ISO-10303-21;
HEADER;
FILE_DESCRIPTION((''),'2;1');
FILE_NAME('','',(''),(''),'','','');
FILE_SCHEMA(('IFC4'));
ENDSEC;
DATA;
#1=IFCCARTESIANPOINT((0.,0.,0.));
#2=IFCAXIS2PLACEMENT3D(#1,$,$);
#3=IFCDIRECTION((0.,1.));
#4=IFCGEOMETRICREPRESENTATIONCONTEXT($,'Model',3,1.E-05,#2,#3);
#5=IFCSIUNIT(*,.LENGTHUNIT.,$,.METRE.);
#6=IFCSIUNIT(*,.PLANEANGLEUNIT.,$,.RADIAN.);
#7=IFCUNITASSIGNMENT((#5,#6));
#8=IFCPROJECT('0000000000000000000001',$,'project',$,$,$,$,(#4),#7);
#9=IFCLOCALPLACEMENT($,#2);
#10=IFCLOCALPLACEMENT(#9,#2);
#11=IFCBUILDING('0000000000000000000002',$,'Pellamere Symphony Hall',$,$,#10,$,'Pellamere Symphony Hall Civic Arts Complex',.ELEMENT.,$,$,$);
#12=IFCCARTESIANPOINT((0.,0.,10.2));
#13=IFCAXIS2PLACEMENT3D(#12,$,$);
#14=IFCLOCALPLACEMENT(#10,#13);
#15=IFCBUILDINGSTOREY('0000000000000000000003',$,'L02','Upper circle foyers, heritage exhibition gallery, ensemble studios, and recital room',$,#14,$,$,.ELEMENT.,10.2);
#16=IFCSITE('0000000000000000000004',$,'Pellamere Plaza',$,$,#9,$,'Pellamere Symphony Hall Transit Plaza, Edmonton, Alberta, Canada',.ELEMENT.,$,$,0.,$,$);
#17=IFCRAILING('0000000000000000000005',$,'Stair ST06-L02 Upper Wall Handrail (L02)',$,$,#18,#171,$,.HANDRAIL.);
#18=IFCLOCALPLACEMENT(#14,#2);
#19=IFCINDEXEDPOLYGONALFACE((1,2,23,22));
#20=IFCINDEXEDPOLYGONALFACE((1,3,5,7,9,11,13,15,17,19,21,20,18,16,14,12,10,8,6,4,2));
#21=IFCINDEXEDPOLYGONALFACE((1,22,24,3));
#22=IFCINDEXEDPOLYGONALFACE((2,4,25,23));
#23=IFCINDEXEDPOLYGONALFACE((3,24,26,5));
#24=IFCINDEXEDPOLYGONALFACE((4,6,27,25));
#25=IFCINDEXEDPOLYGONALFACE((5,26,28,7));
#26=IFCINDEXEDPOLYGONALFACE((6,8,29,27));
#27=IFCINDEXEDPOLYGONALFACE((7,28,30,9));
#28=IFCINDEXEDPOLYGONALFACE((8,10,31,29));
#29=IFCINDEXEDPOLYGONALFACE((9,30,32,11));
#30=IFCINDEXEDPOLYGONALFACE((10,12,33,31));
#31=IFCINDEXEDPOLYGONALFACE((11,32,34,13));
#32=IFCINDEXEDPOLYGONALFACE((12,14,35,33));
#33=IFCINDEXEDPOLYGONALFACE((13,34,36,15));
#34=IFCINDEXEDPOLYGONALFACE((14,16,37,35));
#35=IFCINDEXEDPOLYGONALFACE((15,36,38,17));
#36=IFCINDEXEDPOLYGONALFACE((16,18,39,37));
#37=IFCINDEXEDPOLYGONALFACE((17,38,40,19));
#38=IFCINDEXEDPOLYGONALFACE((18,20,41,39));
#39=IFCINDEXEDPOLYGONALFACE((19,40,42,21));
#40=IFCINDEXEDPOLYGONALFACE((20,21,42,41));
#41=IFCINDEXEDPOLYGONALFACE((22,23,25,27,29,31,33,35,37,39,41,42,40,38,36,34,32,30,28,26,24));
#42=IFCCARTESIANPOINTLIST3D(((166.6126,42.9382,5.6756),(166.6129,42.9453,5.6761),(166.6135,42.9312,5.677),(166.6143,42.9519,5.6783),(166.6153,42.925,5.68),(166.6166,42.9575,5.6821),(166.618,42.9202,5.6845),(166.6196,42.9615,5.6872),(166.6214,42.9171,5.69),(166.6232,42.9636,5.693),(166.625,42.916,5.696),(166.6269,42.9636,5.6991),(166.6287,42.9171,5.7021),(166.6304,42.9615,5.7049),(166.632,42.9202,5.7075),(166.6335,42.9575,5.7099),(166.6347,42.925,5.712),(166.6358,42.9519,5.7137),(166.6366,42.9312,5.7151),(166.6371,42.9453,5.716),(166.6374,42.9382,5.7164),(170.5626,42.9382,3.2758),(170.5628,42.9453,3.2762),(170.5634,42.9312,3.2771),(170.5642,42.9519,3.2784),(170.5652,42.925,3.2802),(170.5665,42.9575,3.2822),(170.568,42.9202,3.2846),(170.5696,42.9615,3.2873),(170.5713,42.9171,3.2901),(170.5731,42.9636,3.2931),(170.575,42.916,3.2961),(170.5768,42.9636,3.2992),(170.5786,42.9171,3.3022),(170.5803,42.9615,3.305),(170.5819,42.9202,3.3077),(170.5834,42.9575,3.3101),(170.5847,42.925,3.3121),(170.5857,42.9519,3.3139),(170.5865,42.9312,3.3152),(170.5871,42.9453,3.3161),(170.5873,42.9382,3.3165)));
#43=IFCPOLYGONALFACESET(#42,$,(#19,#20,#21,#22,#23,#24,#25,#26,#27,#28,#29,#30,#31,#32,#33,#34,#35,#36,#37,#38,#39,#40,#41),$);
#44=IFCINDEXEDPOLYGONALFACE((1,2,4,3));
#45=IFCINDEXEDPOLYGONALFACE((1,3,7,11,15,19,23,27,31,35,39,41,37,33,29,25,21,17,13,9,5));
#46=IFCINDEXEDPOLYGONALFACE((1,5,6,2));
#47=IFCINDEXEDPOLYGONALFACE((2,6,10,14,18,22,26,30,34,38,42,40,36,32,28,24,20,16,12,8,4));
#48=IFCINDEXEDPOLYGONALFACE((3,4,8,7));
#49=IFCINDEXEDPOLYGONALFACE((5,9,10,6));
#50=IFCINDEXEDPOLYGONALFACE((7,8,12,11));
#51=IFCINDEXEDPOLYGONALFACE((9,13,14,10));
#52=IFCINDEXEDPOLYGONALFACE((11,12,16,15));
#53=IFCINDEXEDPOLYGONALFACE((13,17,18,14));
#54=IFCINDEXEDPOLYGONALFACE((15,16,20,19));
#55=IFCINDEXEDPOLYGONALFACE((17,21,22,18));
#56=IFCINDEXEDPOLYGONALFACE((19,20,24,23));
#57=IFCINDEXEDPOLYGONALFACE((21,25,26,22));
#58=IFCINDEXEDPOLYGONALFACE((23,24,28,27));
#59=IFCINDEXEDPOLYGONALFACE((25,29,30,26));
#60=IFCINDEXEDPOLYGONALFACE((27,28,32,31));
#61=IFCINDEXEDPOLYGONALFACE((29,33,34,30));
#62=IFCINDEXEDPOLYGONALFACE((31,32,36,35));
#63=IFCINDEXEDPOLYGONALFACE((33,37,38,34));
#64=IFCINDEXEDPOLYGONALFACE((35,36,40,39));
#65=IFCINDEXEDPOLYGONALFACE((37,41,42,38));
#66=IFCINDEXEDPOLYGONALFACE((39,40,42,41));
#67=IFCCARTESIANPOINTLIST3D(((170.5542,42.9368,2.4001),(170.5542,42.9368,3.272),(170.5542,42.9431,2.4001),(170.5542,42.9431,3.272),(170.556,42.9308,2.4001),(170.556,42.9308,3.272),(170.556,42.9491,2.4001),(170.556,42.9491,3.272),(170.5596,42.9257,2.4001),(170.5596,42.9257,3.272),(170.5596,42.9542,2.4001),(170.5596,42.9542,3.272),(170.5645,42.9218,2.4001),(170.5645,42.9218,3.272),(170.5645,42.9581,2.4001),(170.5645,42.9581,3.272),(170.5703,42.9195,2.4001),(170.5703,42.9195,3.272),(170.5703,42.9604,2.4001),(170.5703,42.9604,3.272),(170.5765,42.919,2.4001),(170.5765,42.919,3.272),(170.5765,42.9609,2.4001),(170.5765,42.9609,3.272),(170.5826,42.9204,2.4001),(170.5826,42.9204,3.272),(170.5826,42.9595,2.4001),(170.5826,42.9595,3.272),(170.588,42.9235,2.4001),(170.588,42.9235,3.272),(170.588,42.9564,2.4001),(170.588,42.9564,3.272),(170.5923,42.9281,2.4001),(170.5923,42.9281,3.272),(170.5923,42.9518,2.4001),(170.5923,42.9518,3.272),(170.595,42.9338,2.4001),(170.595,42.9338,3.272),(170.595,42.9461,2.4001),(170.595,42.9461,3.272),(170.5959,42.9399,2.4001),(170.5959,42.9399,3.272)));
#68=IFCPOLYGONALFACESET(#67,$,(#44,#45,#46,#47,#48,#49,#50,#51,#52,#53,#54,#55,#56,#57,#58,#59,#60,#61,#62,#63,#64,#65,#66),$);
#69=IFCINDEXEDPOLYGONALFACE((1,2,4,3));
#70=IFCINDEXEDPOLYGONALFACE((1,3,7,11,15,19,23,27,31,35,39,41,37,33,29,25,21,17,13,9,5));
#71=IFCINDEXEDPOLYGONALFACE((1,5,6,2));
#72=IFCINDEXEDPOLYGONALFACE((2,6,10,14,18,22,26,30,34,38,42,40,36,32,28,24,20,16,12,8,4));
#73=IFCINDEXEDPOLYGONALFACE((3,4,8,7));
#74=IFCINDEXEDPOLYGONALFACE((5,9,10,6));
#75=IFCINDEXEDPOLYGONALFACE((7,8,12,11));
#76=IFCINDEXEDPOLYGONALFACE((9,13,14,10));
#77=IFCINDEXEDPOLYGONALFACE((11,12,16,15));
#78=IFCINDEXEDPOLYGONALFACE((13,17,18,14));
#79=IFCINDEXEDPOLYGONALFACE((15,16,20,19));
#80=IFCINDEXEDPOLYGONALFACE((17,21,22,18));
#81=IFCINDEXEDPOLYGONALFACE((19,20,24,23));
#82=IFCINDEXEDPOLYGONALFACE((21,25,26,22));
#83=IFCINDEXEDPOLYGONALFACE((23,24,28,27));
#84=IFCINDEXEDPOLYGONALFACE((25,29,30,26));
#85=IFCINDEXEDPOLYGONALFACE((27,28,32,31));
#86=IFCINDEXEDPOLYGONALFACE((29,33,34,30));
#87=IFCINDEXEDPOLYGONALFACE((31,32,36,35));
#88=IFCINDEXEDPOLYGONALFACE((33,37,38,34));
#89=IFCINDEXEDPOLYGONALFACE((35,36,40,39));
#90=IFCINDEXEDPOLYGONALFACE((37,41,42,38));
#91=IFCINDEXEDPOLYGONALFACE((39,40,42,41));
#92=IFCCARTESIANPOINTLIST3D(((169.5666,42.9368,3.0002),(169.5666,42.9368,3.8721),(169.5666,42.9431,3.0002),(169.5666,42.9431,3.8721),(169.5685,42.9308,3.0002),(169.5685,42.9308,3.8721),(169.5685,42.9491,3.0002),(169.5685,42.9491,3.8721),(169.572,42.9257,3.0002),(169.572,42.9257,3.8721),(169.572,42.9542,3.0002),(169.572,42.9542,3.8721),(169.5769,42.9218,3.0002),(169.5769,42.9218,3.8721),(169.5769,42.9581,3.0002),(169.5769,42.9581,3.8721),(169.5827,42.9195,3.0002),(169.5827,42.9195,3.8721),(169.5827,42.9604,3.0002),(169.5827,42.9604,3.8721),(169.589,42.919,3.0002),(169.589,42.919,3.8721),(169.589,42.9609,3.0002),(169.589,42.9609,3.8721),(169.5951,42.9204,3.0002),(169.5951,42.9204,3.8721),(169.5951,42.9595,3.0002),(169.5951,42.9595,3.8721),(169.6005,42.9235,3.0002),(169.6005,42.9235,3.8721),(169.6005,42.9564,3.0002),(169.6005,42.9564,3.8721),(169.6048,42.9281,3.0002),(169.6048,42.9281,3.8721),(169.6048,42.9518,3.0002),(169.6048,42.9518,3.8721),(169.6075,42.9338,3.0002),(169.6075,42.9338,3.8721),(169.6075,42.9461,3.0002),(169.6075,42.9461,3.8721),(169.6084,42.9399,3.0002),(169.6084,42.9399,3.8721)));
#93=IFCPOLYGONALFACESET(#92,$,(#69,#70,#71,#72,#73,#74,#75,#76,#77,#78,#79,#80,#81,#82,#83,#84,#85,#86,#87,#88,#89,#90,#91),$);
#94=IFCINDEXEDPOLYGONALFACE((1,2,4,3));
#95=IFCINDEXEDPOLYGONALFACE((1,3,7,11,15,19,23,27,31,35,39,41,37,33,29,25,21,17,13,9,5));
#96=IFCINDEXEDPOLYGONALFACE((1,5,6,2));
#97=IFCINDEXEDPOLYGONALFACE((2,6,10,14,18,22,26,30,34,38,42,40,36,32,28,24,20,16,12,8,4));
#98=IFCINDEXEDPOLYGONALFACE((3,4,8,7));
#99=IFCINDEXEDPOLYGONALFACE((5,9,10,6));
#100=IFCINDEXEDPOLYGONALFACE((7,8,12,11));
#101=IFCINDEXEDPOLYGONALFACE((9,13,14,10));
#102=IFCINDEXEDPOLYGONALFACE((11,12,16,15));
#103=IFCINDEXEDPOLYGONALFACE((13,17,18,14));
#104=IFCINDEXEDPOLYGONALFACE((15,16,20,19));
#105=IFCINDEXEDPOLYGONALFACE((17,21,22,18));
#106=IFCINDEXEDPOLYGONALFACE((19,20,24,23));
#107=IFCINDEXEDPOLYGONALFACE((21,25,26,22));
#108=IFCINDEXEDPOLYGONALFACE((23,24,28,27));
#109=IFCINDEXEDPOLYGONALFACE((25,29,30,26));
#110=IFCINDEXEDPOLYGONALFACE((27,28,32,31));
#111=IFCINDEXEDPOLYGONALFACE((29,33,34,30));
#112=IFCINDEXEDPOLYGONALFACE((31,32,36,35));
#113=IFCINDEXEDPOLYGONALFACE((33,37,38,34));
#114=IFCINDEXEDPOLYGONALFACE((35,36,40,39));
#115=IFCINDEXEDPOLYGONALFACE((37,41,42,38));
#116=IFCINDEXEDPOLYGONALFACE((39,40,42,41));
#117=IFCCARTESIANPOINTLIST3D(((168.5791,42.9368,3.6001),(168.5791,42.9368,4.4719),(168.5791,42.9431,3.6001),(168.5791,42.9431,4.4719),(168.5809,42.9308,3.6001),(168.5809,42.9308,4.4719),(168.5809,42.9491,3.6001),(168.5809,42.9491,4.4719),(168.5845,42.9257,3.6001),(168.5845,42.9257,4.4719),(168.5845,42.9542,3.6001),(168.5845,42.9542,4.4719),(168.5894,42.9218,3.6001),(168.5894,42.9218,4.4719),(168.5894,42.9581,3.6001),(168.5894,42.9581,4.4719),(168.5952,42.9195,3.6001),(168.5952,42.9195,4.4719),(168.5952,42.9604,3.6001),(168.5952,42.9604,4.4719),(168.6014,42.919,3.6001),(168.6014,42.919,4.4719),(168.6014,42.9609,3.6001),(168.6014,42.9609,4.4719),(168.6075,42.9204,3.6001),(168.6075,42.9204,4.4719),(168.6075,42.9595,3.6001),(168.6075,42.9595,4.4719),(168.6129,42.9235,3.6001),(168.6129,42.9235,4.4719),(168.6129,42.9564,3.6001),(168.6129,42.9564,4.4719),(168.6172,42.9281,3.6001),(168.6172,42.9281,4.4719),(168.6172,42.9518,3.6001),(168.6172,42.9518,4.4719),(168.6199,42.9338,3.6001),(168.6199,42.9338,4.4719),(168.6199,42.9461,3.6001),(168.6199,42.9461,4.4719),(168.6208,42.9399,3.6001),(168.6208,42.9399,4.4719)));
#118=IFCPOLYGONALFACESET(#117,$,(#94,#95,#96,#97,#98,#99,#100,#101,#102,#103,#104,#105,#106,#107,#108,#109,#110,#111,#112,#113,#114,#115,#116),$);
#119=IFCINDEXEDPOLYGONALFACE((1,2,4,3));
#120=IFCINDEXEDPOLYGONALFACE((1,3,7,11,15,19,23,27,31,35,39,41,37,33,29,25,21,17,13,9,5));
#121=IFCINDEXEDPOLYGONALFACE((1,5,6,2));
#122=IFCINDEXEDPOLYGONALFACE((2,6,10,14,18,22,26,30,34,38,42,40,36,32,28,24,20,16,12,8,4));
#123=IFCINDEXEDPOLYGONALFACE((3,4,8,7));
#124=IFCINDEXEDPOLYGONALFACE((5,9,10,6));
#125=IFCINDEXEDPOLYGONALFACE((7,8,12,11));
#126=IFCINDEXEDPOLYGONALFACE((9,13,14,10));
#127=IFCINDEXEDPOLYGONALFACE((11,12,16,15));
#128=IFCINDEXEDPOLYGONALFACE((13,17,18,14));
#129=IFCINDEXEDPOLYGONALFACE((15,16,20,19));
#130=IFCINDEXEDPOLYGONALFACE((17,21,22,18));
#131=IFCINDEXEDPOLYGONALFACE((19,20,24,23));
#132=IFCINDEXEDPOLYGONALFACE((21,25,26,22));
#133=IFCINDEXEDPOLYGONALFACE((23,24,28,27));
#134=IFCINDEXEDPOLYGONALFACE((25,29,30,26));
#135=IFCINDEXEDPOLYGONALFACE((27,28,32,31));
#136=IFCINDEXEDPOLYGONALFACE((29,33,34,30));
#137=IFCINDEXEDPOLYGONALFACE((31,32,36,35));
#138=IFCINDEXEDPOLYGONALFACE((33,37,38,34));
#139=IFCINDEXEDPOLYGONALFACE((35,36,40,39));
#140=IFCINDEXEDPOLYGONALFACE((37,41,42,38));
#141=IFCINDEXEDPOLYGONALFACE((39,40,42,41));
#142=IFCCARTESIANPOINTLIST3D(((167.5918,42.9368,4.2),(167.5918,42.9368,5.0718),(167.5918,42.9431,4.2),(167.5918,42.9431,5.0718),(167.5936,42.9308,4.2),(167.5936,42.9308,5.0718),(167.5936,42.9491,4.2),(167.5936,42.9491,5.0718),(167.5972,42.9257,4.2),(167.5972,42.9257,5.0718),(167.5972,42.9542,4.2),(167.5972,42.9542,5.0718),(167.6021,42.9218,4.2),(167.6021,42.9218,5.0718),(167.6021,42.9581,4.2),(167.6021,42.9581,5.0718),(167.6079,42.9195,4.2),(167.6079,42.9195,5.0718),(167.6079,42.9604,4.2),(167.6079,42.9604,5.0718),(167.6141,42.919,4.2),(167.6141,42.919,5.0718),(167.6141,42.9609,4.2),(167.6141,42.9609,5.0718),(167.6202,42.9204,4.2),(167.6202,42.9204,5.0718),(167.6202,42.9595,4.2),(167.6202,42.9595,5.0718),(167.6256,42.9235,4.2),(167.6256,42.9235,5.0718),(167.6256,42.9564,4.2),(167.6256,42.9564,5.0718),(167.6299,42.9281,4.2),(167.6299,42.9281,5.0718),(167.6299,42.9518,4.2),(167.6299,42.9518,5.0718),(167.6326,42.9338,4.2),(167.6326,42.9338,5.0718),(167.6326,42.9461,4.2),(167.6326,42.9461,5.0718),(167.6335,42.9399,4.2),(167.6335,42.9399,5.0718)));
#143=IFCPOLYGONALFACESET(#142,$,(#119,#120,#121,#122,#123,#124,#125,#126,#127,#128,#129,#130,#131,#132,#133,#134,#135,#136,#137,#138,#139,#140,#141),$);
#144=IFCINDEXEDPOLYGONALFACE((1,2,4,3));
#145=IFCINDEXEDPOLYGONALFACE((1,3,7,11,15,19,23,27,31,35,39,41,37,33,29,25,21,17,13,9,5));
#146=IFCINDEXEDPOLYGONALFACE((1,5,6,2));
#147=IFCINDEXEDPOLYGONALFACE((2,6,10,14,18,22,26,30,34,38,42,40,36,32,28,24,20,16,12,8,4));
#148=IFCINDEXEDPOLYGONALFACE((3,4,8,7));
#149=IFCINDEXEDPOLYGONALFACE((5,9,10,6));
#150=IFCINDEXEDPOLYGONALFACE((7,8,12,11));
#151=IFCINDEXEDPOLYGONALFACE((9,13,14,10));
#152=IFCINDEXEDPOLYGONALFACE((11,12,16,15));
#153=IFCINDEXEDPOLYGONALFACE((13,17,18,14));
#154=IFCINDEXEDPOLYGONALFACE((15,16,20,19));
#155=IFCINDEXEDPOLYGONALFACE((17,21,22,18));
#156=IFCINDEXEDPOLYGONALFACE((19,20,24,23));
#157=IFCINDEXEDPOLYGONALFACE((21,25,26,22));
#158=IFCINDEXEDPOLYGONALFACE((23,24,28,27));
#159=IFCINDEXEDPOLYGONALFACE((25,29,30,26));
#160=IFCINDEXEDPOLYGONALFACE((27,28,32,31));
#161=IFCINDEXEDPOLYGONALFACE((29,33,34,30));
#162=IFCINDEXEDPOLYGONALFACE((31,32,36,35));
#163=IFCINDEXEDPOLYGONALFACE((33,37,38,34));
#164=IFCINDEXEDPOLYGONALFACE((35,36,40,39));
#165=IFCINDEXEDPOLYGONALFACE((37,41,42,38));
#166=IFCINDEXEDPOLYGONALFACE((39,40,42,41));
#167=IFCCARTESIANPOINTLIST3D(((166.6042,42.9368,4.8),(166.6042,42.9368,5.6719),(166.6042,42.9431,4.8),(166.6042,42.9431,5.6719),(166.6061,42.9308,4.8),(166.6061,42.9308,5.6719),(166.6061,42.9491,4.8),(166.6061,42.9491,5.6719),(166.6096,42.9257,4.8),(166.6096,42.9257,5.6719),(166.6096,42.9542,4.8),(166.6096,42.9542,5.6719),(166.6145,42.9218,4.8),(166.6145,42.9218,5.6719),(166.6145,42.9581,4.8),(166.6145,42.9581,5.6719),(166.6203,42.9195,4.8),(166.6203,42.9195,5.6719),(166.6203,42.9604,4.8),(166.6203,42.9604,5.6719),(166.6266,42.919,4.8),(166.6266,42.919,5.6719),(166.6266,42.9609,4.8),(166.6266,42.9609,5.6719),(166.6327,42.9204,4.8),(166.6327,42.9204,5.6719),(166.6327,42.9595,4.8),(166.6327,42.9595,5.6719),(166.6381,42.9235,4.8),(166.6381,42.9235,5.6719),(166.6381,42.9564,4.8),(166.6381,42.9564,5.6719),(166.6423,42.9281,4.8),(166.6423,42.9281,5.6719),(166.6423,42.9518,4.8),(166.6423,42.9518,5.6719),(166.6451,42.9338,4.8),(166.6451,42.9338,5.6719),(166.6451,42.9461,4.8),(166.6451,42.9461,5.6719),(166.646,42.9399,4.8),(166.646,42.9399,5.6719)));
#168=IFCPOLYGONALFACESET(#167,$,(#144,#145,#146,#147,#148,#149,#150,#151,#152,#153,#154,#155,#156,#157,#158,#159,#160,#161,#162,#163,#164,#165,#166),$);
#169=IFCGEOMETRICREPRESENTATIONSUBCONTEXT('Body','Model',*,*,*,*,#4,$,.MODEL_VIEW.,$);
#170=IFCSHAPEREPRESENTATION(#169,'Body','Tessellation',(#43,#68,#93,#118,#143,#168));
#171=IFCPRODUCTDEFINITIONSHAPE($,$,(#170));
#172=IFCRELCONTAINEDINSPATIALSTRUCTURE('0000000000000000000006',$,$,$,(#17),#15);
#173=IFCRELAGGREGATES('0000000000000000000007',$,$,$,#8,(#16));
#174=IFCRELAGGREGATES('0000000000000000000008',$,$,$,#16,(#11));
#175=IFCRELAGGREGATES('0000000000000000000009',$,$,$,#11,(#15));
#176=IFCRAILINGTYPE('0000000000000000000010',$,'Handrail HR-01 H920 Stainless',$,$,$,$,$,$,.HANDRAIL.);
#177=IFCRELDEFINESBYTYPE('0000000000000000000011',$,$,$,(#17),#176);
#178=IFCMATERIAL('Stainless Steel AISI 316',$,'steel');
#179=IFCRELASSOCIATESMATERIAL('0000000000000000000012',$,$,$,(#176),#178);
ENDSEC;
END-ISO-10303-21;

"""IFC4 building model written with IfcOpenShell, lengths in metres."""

from ifc_helpers import new_model, si_unit, direction, frame, origin, origin_2d, place, context, subcontext, project, spatial, circle, extrude, material, type_object, element, save


model = new_model("IFC4")

# Units and contexts
model_context = context("Model", 3, precision=1e-05, world=origin(), true_north=direction((0.0, 1.0)))
body_context = subcontext(model_context, "Body", "Model", "MODEL_VIEW")
ifc_project = project(units=[si_unit("LENGTHUNIT", "METRE"), si_unit("PLANEANGLEUNIT", "RADIAN")], contexts=[model_context])

# Site, building, storey
site_placement = place(None, origin())
site = spatial("IfcSite", under=ifc_project, at=site_placement, Name="Pellamere Plaza", LongName="Pellamere Symphony Hall Transit Plaza, Edmonton, Alberta, Canada", CompositionType="ELEMENT", RefElevation=0.0)
building_placement = place(site_placement, origin())
building = spatial("IfcBuilding", under=site, at=building_placement, Name="Pellamere Symphony Hall", LongName="Pellamere Symphony Hall Civic Arts Complex", CompositionType="ELEMENT")
storey_placement = place(building_placement, frame((0.0, 0.0, 10.2)))
storey = spatial("IfcBuildingStorey", under=building, at=storey_placement, Name="L02", Description="Upper circle foyers, heritage exhibition gallery, ensemble studios, and recital room", CompositionType="ELEMENT", Elevation=10.2)

# Railing
ifc_material_1 = material(Name="Stainless Steel AISI 316", Category="steel")
railing_type_1 = type_object("IfcRailingType", Name="Handrail HR-01 H920 Stainless", PredefinedType="HANDRAIL", material=ifc_material_1)
railing_1_placement = place(storey_placement, frame((170.575, 42.9399, 2.4001)))
element("IfcRailing", 1, at=railing_1_placement, inside=storey, type_object=railing_type_1, Name="Stair ST06-L02 Upper Wall Handrail (L02)", PredefinedType="HANDRAIL", context=body_context, shape_type="SweptSolid", body=[
    extrude(circle(Radius=0.0239, at=origin_2d()), frame((0.0, 0.0, 0.896), z_axis=(-0.854623, 0.0, 0.51925), x_axis=(0.0, -1.0, 0.0)), (0.0, 0.0, 1.0), 4.6218),
    extrude(circle(Radius=0.021, at=origin_2d()), origin(), (0.0, 0.0, 1.0), 0.8718),
    extrude(circle(Radius=0.021, at=origin_2d()), frame((-0.9875, 0.0, 0.6001)), (0.0, 0.0, 1.0), 0.8718),
    extrude(circle(Radius=0.021, at=origin_2d()), frame((-1.9751, 0.0, 1.2)), (0.0, 0.0, 1.0), 0.8718),
    extrude(circle(Radius=0.021, at=origin_2d()), frame((-2.9624, 0.0, 1.7998)), (0.0, 0.0, 1.0), 0.8718),
    extrude(circle(Radius=0.021, at=origin_2d()), frame((-3.95, 0.0, 2.3999)), (0.0, 0.0, 1.0), 0.8718),
])

save(model, "model.ifc")
